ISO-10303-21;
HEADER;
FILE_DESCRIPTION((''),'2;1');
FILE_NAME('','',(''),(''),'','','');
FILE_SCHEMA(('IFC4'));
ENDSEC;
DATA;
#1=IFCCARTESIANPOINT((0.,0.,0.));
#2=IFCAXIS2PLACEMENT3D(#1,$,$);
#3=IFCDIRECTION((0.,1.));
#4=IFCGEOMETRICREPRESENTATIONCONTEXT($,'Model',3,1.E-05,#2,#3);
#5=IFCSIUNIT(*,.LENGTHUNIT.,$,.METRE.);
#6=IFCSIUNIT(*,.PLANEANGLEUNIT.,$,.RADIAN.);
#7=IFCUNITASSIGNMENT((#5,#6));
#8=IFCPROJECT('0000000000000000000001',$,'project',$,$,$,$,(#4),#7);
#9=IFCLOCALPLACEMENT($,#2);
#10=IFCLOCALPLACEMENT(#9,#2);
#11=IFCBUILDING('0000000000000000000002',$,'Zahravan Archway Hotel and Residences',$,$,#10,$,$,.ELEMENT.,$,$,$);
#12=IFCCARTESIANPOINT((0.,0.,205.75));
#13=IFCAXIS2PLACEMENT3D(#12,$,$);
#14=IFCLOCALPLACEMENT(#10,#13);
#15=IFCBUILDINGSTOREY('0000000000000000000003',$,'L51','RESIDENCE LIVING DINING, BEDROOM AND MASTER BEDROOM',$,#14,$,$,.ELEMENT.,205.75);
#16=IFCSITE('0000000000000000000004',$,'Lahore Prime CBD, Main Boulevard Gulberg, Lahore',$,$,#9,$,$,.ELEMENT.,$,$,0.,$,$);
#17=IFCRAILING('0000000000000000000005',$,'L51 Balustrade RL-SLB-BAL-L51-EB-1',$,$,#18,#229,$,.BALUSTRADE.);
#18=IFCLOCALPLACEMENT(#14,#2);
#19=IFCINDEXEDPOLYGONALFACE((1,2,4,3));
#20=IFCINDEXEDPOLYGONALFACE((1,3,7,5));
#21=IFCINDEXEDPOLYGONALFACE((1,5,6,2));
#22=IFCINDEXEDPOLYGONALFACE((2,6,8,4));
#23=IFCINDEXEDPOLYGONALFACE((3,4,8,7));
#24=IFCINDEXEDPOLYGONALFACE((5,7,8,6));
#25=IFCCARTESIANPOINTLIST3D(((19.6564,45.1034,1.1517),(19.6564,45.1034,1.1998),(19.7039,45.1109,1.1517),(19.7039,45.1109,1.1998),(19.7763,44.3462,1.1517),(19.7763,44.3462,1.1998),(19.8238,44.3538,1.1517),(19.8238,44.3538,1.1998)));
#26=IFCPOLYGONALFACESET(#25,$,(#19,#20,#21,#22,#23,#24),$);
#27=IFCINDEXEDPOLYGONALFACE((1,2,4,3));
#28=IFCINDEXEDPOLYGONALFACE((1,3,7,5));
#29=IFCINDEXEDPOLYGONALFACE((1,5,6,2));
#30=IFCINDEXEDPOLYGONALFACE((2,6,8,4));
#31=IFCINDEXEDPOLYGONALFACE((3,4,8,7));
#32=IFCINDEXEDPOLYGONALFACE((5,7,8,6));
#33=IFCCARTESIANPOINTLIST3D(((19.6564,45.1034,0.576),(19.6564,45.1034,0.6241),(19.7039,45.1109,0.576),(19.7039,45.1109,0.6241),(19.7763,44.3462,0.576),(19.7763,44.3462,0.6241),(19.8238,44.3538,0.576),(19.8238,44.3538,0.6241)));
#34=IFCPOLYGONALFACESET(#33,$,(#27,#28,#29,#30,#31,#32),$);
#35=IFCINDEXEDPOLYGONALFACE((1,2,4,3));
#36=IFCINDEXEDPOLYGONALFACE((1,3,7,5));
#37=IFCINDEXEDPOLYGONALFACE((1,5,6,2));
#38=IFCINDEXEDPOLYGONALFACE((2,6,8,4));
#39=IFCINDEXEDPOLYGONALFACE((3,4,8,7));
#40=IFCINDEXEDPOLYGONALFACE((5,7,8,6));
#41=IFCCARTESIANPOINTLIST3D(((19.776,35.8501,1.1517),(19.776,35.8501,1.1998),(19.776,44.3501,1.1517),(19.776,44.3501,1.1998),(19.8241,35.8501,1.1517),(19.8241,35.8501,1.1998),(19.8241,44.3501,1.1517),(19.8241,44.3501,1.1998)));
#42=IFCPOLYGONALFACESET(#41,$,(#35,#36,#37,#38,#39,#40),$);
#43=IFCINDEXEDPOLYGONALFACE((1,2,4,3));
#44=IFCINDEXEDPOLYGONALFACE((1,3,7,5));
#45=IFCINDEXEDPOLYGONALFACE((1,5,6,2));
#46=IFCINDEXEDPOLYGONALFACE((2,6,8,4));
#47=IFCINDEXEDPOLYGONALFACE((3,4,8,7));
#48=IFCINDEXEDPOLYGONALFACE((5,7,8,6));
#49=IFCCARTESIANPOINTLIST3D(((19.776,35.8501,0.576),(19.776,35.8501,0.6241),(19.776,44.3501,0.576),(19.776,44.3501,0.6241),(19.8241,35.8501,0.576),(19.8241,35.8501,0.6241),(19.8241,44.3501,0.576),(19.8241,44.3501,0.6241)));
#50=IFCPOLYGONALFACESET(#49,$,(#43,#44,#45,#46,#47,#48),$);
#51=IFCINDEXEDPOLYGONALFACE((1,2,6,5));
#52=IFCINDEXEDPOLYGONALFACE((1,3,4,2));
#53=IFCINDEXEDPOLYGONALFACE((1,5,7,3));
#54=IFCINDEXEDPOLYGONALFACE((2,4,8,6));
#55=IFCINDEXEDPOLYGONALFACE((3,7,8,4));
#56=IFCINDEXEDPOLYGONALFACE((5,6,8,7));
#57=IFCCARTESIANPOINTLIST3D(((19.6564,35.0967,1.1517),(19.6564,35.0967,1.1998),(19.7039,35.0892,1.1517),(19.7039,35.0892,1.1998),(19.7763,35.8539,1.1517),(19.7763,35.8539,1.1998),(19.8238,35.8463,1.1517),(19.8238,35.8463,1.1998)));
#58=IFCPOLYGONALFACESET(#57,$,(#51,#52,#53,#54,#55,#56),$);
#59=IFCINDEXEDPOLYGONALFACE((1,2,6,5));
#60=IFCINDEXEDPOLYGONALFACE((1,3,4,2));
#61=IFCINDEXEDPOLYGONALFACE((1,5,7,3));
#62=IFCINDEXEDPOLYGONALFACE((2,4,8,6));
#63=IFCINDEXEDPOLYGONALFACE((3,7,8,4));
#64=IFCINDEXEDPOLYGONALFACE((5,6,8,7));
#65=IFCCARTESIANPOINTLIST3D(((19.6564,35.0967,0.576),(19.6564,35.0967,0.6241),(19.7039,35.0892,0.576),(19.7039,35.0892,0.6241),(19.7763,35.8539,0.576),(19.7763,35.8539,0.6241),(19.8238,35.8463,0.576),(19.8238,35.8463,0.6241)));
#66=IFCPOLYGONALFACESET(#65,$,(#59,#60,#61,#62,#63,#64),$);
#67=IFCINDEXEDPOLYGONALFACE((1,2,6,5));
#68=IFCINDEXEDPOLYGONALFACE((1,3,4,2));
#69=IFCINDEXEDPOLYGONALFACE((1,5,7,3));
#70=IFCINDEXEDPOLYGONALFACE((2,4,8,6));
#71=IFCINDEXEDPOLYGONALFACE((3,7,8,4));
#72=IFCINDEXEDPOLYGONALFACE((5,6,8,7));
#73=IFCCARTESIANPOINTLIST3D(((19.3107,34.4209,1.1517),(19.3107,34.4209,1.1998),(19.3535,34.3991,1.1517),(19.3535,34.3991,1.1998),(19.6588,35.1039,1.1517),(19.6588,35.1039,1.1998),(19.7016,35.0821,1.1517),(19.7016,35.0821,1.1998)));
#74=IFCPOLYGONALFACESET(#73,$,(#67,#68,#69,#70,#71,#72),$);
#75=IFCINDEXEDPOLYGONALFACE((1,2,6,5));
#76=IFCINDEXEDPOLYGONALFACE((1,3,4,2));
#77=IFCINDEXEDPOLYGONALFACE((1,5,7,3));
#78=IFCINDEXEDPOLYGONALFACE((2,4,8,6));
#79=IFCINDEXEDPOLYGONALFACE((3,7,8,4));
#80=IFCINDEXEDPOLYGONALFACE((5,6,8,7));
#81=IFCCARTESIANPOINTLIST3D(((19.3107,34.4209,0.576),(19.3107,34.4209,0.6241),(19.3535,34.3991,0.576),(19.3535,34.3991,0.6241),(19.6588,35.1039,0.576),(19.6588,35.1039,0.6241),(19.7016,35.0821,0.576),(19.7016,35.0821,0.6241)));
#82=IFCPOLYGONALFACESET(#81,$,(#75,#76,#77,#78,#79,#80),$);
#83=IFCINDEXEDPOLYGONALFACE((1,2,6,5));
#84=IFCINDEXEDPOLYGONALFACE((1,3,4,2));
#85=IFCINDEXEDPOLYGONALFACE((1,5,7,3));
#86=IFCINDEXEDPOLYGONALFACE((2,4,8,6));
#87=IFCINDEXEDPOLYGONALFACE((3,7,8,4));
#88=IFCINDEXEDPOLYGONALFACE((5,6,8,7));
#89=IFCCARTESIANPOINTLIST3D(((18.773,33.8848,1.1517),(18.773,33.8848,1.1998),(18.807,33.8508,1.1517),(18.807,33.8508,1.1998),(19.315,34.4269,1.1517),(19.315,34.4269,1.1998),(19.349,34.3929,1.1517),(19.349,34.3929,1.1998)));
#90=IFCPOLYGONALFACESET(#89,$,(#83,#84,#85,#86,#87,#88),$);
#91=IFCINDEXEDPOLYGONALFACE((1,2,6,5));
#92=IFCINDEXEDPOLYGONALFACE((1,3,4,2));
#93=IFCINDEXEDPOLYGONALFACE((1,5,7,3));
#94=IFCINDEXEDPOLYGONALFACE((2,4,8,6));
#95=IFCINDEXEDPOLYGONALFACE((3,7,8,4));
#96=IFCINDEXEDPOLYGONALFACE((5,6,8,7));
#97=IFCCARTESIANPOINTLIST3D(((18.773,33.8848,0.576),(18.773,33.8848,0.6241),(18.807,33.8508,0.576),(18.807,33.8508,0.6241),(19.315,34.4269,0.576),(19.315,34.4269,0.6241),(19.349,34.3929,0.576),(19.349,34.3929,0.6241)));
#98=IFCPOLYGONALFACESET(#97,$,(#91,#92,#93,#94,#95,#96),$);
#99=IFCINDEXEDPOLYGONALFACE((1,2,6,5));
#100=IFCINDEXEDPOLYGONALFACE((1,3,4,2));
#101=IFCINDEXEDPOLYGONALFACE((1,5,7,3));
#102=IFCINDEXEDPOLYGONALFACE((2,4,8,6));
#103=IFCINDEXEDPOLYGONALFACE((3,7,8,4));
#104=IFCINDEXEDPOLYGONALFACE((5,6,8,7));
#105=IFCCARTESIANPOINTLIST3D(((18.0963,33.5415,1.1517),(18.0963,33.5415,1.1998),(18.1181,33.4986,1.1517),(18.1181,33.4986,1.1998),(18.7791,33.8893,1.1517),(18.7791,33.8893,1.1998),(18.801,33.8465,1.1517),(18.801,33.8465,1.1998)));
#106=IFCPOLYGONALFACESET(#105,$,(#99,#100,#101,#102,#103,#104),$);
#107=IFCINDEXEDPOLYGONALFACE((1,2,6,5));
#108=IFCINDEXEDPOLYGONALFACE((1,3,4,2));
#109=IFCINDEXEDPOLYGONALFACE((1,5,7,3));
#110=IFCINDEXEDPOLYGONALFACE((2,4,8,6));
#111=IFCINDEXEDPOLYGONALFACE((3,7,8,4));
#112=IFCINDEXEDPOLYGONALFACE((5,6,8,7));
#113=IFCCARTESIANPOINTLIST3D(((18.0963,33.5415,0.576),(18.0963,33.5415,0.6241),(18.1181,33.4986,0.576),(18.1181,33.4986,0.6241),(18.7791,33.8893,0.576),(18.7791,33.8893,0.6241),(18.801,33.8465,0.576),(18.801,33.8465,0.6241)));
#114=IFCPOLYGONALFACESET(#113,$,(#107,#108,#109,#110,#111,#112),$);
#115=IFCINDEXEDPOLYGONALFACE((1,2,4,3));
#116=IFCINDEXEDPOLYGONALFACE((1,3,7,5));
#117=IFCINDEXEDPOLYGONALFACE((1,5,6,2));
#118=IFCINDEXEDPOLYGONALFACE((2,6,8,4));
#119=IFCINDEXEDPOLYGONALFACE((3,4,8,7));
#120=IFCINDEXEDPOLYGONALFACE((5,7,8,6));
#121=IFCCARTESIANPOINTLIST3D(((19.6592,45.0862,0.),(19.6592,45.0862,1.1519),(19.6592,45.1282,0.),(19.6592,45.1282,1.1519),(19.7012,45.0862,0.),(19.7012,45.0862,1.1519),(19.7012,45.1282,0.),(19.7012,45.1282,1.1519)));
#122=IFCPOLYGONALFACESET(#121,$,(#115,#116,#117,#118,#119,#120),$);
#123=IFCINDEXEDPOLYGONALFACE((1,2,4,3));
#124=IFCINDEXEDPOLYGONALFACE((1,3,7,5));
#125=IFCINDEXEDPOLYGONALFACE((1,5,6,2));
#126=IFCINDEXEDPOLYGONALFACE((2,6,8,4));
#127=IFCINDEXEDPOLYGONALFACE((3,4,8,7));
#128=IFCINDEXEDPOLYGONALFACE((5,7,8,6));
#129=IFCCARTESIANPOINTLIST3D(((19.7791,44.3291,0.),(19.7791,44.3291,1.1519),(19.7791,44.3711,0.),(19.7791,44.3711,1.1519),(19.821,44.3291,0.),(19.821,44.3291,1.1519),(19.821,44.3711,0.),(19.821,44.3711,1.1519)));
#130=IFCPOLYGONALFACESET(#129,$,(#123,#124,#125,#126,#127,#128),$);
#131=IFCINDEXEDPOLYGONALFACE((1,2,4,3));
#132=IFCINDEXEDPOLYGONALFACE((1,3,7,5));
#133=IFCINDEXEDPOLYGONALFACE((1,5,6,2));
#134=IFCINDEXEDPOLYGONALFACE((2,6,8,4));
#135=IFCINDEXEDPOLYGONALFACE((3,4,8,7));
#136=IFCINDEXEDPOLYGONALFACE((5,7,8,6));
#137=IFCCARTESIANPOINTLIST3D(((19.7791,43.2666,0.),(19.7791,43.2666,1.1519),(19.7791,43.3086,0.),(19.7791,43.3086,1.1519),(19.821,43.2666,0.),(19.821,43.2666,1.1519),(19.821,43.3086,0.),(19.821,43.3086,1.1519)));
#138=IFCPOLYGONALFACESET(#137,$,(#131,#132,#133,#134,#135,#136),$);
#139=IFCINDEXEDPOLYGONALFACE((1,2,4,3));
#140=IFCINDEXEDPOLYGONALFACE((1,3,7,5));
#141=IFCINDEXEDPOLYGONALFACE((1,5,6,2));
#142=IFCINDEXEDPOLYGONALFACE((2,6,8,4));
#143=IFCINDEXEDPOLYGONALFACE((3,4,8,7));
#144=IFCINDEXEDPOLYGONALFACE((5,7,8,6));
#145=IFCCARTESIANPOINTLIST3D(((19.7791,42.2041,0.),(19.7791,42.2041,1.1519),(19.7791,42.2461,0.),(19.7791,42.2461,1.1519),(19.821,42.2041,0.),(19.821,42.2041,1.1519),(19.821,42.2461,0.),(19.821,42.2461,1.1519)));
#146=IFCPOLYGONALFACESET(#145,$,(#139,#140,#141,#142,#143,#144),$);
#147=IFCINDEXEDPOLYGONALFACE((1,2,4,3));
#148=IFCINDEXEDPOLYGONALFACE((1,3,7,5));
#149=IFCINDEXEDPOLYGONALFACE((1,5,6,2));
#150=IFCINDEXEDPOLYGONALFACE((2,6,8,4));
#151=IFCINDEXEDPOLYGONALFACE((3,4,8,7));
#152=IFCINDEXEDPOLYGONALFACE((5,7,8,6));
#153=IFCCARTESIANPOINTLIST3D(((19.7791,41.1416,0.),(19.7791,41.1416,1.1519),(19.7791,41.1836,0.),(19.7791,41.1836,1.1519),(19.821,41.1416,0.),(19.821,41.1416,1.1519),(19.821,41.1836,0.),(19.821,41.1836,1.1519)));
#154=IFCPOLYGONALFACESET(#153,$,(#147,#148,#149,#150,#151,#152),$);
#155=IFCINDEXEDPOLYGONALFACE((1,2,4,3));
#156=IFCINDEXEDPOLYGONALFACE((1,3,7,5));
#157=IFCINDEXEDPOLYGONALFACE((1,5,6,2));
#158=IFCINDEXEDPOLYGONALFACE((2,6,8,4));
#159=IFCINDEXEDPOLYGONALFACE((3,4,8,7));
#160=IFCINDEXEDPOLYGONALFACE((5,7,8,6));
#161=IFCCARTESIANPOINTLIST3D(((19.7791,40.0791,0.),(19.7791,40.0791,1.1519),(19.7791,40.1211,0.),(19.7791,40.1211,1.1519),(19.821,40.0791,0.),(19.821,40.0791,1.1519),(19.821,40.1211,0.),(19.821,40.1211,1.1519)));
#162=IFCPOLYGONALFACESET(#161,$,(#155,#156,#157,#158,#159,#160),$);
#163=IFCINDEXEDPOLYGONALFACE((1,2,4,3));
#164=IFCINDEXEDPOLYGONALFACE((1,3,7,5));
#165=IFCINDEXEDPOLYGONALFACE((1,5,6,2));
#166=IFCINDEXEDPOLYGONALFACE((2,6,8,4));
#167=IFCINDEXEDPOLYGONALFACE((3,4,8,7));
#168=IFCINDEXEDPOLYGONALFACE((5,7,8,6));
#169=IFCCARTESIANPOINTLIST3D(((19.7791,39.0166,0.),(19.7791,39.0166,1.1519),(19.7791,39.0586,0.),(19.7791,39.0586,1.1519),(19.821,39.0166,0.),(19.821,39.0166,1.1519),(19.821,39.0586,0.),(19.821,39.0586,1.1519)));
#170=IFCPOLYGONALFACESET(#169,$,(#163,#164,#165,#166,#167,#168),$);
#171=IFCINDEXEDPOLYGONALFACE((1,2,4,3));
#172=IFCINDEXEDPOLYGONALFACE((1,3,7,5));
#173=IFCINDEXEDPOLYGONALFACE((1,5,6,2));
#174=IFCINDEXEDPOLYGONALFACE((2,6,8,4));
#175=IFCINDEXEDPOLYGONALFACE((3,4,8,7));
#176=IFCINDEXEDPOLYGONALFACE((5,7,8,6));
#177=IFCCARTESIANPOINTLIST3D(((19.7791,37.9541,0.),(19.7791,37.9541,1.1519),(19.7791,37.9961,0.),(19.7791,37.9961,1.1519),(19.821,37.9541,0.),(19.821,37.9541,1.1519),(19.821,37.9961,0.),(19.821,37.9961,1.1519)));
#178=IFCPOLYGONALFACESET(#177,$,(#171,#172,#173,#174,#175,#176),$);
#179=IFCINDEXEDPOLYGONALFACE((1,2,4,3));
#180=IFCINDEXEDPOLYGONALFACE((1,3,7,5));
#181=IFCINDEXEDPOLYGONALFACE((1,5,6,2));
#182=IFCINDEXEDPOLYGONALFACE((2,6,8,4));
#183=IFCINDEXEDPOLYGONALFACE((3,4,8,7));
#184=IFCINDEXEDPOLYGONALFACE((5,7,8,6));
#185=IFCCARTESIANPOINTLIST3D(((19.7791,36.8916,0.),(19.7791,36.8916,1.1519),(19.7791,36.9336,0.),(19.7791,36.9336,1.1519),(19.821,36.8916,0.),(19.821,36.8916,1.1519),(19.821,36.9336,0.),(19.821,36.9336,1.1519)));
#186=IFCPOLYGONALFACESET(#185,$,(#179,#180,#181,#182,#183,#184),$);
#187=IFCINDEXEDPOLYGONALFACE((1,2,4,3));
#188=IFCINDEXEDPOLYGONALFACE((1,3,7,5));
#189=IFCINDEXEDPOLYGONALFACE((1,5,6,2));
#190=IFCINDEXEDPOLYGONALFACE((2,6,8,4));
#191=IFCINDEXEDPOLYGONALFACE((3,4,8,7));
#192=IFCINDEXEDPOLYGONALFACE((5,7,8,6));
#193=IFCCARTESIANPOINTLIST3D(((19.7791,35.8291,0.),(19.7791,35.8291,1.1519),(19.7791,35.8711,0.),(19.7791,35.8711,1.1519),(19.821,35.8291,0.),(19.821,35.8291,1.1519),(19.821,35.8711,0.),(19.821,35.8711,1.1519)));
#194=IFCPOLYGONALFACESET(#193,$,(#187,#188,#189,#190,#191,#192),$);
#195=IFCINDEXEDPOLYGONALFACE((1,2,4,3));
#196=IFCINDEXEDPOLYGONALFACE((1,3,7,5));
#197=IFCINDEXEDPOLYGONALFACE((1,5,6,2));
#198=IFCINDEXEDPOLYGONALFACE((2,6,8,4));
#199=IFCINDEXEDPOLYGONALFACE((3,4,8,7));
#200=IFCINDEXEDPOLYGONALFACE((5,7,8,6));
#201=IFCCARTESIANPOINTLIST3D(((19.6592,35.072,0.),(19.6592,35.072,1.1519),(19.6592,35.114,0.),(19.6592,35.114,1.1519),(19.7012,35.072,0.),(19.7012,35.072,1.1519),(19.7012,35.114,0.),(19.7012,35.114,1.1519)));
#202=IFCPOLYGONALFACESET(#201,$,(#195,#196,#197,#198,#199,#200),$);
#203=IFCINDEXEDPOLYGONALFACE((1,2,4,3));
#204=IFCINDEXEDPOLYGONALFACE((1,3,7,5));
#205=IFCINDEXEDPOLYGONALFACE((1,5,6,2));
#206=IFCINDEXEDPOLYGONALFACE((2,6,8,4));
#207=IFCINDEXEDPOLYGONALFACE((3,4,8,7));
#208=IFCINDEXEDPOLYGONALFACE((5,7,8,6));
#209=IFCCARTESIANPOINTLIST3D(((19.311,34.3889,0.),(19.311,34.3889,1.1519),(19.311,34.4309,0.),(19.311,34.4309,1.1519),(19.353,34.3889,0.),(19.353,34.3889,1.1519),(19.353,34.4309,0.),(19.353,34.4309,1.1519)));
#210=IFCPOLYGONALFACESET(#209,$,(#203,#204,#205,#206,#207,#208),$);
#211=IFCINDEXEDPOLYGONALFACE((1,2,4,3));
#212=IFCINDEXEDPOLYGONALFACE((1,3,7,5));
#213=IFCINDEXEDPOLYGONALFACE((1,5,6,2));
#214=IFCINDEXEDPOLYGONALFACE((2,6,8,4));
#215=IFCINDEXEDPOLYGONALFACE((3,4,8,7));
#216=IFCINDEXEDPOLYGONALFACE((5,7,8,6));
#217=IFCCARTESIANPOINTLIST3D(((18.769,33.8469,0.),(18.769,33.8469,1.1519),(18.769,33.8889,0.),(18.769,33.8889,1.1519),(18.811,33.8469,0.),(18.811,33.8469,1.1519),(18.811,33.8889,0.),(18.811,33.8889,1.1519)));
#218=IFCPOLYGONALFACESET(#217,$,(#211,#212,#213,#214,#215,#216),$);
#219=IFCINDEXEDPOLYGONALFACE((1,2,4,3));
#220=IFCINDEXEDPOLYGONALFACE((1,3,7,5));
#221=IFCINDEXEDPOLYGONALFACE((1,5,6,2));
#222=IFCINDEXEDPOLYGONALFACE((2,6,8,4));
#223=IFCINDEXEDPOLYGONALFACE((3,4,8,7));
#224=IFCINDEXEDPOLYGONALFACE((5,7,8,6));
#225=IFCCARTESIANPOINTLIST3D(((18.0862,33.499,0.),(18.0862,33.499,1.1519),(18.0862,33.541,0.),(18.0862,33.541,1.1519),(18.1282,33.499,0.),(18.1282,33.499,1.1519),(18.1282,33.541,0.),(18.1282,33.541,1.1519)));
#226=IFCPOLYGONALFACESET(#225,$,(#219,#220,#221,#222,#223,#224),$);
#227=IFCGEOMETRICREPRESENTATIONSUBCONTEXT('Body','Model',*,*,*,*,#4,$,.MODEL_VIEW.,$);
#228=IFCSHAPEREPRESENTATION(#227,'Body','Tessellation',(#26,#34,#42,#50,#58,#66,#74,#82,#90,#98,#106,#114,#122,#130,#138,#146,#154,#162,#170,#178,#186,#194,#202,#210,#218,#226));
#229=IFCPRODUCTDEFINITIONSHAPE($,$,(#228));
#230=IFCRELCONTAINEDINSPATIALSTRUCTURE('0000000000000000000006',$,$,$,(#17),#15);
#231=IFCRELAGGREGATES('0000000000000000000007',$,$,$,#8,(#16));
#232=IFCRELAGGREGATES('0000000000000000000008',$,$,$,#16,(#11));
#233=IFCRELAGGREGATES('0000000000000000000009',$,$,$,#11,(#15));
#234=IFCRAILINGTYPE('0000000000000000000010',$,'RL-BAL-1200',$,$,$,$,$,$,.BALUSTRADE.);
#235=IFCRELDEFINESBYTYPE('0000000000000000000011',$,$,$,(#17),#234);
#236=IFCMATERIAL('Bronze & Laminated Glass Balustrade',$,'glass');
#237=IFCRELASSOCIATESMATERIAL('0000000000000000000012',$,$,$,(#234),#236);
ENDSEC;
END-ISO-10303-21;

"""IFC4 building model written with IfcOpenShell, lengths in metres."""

from ifc_helpers import new_model, si_unit, direction, frame, origin, origin_2d, place, context, subcontext, project, spatial, rectangle, extrude, material, type_object, element, save


model = new_model("IFC4")

# Units and contexts
model_context = context("Model", 3, precision=1e-05, world=origin(), true_north=direction((0.0, 1.0)))
body_context = subcontext(model_context, "Body", "Model", "MODEL_VIEW")
ifc_project = project(units=[si_unit("LENGTHUNIT", "METRE"), si_unit("PLANEANGLEUNIT", "RADIAN")], contexts=[model_context])

# Site, building, storey
site_placement = place(None, origin())
site = spatial("IfcSite", under=ifc_project, at=site_placement, Name="Lahore Prime CBD, Main Boulevard Gulberg, Lahore", CompositionType="ELEMENT", RefElevation=0.0)
building_placement = place(site_placement, origin())
building = spatial("IfcBuilding", under=site, at=building_placement, Name="Zahravan Archway Hotel and Residences", CompositionType="ELEMENT")
storey_placement = place(building_placement, frame((0.0, 0.0, 205.75)))
storey = spatial("IfcBuildingStorey", under=building, at=storey_placement, Name="L51", Description="RESIDENCE LIVING DINING, BEDROOM AND MASTER BEDROOM", CompositionType="ELEMENT", Elevation=205.75)

# Railing
ifc_material_1 = material(Name="Bronze & Laminated Glass Balustrade", Category="glass")
railing_type = type_object("IfcRailingType", Name="RL-BAL-1200", PredefinedType="BALUSTRADE", material=ifc_material_1)
railing_placement = place(storey_placement, frame((19.6802, 45.1072, 0.0)))
element("IfcRailing", 1, at=railing_placement, inside=storey, type_object=railing_type, Name="L51 Balustrade RL-SLB-BAL-L51-EB-1", PredefinedType="BALUSTRADE", context=body_context, shape_type="SweptSolid", body=[
    extrude(rectangle(XDim=0.0481, YDim=0.0481, at=origin_2d()), frame((0.0, 0.0, 1.1758), z_axis=(0.156388, -0.987696, 0.0), x_axis=(0.987696, 0.156388, 0.0)), (0.0, 0.0, 1.0), 0.7666),
    extrude(rectangle(XDim=0.0481, YDim=0.0481, at=origin_2d()), frame((0.0, 0.0, 0.6001), z_axis=(0.156388, -0.987696, 0.0), x_axis=(0.987696, 0.156388, 0.0)), (0.0, 0.0, 1.0), 0.7666),
    extrude(rectangle(XDim=0.0481, YDim=0.0481, at=origin_2d()), frame((0.1199, -0.7571, 1.1758), z_axis=(0.0, -1.0, 0.0), x_axis=(1.0, 0.0, 0.0)), (0.0, 0.0, 1.0), 8.5),
    extrude(rectangle(XDim=0.0481, YDim=0.0481, at=origin_2d()), frame((0.1199, -0.7571, 0.6001), z_axis=(0.0, -1.0, 0.0), x_axis=(1.0, 0.0, 0.0)), (0.0, 0.0, 1.0), 8.5),
    extrude(rectangle(XDim=0.0481, YDim=0.0481, at=origin_2d()), frame((0.1199, -9.2571, 1.1758), z_axis=(-0.156388, -0.987696, 0.0), x_axis=(0.987696, -0.156388, 0.0)), (0.0, 0.0, 1.0), 0.7666),
    extrude(rectangle(XDim=0.0481, YDim=0.0481, at=origin_2d()), frame((0.1199, -9.2571, 0.6001), z_axis=(-0.156388, -0.987696, 0.0), x_axis=(0.987696, -0.156388, 0.0)), (0.0, 0.0, 1.0), 0.7666),
    extrude(rectangle(XDim=0.0481, YDim=0.0481, at=origin_2d()), frame((0.0, -10.0142, 1.1758), z_axis=(-0.454078, -0.890962, 0.0), x_axis=(0.890962, -0.454078, 0.0)), (0.0, 0.0, 1.0), 0.7666),
    extrude(rectangle(XDim=0.0481, YDim=0.0481, at=origin_2d()), frame((0.0, -10.0142, 0.6001), z_axis=(-0.454078, -0.890962, 0.0), x_axis=(0.890962, -0.454078, 0.0)), (0.0, 0.0, 1.0), 0.7666),
    extrude(rectangle(XDim=0.0481, YDim=0.0481, at=origin_2d()), frame((-0.3481, -10.6973, 1.1758), z_axis=(-0.707107, -0.707107, 0.0), x_axis=(0.707107, -0.707107, 0.0)), (0.0, 0.0, 1.0), 0.7666),
    extrude(rectangle(XDim=0.0481, YDim=0.0481, at=origin_2d()), frame((-0.3481, -10.6973, 0.6001), z_axis=(-0.707107, -0.707107, 0.0), x_axis=(0.707107, -0.707107, 0.0)), (0.0, 0.0, 1.0), 0.7666),
    extrude(rectangle(XDim=0.0481, YDim=0.0481, at=origin_2d()), frame((-0.8901, -11.2393, 1.1758), z_axis=(-0.891025, -0.453954, 0.0), x_axis=(0.453954, -0.891025, 0.0)), (0.0, 0.0, 1.0), 0.7664),
    extrude(rectangle(XDim=0.0481, YDim=0.0481, at=origin_2d()), frame((-0.8901, -11.2393, 0.6001), z_axis=(-0.891025, -0.453954, 0.0), x_axis=(0.453954, -0.891025, 0.0)), (0.0, 0.0, 1.0), 0.7664),
    extrude(rectangle(XDim=0.042, YDim=0.042, at=origin_2d()), origin(), (0.0, 0.0, 1.0), 1.1519),
    extrude(rectangle(XDim=0.042, YDim=0.042, at=origin_2d()), frame((0.1199, -0.7571, 0.0)), (0.0, 0.0, 1.0), 1.1519),
    extrude(rectangle(XDim=0.042, YDim=0.042, at=origin_2d()), frame((0.1199, -1.8196, 0.0)), (0.0, 0.0, 1.0), 1.1519),
    extrude(rectangle(XDim=0.042, YDim=0.042, at=origin_2d()), frame((0.1199, -2.8821, 0.0)), (0.0, 0.0, 1.0), 1.1519),
    extrude(rectangle(XDim=0.042, YDim=0.042, at=origin_2d()), frame((0.1199, -3.9446, 0.0)), (0.0, 0.0, 1.0), 1.1519),
    extrude(rectangle(XDim=0.042, YDim=0.042, at=origin_2d()), frame((0.1199, -5.0071, 0.0)), (0.0, 0.0, 1.0), 1.1519),
    extrude(rectangle(XDim=0.042, YDim=0.042, at=origin_2d()), frame((0.1199, -6.0696, 0.0)), (0.0, 0.0, 1.0), 1.1519),
    extrude(rectangle(XDim=0.042, YDim=0.042, at=origin_2d()), frame((0.1199, -7.1321, 0.0)), (0.0, 0.0, 1.0), 1.1519),
    extrude(rectangle(XDim=0.042, YDim=0.042, at=origin_2d()), frame((0.1199, -8.1946, 0.0)), (0.0, 0.0, 1.0), 1.1519),
    extrude(rectangle(XDim=0.042, YDim=0.042, at=origin_2d()), frame((0.1199, -9.2571, 0.0)), (0.0, 0.0, 1.0), 1.1519),
    extrude(rectangle(XDim=0.042, YDim=0.042, at=origin_2d()), frame((0.0, -10.0142, 0.0)), (0.0, 0.0, 1.0), 1.1519),
    extrude(rectangle(XDim=0.042, YDim=0.042, at=origin_2d()), frame((-0.3481, -10.6973, 0.0)), (0.0, 0.0, 1.0), 1.1519),
    extrude(rectangle(XDim=0.042, YDim=0.042, at=origin_2d()), frame((-0.8901, -11.2393, 0.0)), (0.0, 0.0, 1.0), 1.1519),
    extrude(rectangle(XDim=0.042, YDim=0.042, at=origin_2d()), frame((-1.573, -11.5872, 0.0)), (0.0, 0.0, 1.0), 1.1519),
])

save(model, "model.ifc")
